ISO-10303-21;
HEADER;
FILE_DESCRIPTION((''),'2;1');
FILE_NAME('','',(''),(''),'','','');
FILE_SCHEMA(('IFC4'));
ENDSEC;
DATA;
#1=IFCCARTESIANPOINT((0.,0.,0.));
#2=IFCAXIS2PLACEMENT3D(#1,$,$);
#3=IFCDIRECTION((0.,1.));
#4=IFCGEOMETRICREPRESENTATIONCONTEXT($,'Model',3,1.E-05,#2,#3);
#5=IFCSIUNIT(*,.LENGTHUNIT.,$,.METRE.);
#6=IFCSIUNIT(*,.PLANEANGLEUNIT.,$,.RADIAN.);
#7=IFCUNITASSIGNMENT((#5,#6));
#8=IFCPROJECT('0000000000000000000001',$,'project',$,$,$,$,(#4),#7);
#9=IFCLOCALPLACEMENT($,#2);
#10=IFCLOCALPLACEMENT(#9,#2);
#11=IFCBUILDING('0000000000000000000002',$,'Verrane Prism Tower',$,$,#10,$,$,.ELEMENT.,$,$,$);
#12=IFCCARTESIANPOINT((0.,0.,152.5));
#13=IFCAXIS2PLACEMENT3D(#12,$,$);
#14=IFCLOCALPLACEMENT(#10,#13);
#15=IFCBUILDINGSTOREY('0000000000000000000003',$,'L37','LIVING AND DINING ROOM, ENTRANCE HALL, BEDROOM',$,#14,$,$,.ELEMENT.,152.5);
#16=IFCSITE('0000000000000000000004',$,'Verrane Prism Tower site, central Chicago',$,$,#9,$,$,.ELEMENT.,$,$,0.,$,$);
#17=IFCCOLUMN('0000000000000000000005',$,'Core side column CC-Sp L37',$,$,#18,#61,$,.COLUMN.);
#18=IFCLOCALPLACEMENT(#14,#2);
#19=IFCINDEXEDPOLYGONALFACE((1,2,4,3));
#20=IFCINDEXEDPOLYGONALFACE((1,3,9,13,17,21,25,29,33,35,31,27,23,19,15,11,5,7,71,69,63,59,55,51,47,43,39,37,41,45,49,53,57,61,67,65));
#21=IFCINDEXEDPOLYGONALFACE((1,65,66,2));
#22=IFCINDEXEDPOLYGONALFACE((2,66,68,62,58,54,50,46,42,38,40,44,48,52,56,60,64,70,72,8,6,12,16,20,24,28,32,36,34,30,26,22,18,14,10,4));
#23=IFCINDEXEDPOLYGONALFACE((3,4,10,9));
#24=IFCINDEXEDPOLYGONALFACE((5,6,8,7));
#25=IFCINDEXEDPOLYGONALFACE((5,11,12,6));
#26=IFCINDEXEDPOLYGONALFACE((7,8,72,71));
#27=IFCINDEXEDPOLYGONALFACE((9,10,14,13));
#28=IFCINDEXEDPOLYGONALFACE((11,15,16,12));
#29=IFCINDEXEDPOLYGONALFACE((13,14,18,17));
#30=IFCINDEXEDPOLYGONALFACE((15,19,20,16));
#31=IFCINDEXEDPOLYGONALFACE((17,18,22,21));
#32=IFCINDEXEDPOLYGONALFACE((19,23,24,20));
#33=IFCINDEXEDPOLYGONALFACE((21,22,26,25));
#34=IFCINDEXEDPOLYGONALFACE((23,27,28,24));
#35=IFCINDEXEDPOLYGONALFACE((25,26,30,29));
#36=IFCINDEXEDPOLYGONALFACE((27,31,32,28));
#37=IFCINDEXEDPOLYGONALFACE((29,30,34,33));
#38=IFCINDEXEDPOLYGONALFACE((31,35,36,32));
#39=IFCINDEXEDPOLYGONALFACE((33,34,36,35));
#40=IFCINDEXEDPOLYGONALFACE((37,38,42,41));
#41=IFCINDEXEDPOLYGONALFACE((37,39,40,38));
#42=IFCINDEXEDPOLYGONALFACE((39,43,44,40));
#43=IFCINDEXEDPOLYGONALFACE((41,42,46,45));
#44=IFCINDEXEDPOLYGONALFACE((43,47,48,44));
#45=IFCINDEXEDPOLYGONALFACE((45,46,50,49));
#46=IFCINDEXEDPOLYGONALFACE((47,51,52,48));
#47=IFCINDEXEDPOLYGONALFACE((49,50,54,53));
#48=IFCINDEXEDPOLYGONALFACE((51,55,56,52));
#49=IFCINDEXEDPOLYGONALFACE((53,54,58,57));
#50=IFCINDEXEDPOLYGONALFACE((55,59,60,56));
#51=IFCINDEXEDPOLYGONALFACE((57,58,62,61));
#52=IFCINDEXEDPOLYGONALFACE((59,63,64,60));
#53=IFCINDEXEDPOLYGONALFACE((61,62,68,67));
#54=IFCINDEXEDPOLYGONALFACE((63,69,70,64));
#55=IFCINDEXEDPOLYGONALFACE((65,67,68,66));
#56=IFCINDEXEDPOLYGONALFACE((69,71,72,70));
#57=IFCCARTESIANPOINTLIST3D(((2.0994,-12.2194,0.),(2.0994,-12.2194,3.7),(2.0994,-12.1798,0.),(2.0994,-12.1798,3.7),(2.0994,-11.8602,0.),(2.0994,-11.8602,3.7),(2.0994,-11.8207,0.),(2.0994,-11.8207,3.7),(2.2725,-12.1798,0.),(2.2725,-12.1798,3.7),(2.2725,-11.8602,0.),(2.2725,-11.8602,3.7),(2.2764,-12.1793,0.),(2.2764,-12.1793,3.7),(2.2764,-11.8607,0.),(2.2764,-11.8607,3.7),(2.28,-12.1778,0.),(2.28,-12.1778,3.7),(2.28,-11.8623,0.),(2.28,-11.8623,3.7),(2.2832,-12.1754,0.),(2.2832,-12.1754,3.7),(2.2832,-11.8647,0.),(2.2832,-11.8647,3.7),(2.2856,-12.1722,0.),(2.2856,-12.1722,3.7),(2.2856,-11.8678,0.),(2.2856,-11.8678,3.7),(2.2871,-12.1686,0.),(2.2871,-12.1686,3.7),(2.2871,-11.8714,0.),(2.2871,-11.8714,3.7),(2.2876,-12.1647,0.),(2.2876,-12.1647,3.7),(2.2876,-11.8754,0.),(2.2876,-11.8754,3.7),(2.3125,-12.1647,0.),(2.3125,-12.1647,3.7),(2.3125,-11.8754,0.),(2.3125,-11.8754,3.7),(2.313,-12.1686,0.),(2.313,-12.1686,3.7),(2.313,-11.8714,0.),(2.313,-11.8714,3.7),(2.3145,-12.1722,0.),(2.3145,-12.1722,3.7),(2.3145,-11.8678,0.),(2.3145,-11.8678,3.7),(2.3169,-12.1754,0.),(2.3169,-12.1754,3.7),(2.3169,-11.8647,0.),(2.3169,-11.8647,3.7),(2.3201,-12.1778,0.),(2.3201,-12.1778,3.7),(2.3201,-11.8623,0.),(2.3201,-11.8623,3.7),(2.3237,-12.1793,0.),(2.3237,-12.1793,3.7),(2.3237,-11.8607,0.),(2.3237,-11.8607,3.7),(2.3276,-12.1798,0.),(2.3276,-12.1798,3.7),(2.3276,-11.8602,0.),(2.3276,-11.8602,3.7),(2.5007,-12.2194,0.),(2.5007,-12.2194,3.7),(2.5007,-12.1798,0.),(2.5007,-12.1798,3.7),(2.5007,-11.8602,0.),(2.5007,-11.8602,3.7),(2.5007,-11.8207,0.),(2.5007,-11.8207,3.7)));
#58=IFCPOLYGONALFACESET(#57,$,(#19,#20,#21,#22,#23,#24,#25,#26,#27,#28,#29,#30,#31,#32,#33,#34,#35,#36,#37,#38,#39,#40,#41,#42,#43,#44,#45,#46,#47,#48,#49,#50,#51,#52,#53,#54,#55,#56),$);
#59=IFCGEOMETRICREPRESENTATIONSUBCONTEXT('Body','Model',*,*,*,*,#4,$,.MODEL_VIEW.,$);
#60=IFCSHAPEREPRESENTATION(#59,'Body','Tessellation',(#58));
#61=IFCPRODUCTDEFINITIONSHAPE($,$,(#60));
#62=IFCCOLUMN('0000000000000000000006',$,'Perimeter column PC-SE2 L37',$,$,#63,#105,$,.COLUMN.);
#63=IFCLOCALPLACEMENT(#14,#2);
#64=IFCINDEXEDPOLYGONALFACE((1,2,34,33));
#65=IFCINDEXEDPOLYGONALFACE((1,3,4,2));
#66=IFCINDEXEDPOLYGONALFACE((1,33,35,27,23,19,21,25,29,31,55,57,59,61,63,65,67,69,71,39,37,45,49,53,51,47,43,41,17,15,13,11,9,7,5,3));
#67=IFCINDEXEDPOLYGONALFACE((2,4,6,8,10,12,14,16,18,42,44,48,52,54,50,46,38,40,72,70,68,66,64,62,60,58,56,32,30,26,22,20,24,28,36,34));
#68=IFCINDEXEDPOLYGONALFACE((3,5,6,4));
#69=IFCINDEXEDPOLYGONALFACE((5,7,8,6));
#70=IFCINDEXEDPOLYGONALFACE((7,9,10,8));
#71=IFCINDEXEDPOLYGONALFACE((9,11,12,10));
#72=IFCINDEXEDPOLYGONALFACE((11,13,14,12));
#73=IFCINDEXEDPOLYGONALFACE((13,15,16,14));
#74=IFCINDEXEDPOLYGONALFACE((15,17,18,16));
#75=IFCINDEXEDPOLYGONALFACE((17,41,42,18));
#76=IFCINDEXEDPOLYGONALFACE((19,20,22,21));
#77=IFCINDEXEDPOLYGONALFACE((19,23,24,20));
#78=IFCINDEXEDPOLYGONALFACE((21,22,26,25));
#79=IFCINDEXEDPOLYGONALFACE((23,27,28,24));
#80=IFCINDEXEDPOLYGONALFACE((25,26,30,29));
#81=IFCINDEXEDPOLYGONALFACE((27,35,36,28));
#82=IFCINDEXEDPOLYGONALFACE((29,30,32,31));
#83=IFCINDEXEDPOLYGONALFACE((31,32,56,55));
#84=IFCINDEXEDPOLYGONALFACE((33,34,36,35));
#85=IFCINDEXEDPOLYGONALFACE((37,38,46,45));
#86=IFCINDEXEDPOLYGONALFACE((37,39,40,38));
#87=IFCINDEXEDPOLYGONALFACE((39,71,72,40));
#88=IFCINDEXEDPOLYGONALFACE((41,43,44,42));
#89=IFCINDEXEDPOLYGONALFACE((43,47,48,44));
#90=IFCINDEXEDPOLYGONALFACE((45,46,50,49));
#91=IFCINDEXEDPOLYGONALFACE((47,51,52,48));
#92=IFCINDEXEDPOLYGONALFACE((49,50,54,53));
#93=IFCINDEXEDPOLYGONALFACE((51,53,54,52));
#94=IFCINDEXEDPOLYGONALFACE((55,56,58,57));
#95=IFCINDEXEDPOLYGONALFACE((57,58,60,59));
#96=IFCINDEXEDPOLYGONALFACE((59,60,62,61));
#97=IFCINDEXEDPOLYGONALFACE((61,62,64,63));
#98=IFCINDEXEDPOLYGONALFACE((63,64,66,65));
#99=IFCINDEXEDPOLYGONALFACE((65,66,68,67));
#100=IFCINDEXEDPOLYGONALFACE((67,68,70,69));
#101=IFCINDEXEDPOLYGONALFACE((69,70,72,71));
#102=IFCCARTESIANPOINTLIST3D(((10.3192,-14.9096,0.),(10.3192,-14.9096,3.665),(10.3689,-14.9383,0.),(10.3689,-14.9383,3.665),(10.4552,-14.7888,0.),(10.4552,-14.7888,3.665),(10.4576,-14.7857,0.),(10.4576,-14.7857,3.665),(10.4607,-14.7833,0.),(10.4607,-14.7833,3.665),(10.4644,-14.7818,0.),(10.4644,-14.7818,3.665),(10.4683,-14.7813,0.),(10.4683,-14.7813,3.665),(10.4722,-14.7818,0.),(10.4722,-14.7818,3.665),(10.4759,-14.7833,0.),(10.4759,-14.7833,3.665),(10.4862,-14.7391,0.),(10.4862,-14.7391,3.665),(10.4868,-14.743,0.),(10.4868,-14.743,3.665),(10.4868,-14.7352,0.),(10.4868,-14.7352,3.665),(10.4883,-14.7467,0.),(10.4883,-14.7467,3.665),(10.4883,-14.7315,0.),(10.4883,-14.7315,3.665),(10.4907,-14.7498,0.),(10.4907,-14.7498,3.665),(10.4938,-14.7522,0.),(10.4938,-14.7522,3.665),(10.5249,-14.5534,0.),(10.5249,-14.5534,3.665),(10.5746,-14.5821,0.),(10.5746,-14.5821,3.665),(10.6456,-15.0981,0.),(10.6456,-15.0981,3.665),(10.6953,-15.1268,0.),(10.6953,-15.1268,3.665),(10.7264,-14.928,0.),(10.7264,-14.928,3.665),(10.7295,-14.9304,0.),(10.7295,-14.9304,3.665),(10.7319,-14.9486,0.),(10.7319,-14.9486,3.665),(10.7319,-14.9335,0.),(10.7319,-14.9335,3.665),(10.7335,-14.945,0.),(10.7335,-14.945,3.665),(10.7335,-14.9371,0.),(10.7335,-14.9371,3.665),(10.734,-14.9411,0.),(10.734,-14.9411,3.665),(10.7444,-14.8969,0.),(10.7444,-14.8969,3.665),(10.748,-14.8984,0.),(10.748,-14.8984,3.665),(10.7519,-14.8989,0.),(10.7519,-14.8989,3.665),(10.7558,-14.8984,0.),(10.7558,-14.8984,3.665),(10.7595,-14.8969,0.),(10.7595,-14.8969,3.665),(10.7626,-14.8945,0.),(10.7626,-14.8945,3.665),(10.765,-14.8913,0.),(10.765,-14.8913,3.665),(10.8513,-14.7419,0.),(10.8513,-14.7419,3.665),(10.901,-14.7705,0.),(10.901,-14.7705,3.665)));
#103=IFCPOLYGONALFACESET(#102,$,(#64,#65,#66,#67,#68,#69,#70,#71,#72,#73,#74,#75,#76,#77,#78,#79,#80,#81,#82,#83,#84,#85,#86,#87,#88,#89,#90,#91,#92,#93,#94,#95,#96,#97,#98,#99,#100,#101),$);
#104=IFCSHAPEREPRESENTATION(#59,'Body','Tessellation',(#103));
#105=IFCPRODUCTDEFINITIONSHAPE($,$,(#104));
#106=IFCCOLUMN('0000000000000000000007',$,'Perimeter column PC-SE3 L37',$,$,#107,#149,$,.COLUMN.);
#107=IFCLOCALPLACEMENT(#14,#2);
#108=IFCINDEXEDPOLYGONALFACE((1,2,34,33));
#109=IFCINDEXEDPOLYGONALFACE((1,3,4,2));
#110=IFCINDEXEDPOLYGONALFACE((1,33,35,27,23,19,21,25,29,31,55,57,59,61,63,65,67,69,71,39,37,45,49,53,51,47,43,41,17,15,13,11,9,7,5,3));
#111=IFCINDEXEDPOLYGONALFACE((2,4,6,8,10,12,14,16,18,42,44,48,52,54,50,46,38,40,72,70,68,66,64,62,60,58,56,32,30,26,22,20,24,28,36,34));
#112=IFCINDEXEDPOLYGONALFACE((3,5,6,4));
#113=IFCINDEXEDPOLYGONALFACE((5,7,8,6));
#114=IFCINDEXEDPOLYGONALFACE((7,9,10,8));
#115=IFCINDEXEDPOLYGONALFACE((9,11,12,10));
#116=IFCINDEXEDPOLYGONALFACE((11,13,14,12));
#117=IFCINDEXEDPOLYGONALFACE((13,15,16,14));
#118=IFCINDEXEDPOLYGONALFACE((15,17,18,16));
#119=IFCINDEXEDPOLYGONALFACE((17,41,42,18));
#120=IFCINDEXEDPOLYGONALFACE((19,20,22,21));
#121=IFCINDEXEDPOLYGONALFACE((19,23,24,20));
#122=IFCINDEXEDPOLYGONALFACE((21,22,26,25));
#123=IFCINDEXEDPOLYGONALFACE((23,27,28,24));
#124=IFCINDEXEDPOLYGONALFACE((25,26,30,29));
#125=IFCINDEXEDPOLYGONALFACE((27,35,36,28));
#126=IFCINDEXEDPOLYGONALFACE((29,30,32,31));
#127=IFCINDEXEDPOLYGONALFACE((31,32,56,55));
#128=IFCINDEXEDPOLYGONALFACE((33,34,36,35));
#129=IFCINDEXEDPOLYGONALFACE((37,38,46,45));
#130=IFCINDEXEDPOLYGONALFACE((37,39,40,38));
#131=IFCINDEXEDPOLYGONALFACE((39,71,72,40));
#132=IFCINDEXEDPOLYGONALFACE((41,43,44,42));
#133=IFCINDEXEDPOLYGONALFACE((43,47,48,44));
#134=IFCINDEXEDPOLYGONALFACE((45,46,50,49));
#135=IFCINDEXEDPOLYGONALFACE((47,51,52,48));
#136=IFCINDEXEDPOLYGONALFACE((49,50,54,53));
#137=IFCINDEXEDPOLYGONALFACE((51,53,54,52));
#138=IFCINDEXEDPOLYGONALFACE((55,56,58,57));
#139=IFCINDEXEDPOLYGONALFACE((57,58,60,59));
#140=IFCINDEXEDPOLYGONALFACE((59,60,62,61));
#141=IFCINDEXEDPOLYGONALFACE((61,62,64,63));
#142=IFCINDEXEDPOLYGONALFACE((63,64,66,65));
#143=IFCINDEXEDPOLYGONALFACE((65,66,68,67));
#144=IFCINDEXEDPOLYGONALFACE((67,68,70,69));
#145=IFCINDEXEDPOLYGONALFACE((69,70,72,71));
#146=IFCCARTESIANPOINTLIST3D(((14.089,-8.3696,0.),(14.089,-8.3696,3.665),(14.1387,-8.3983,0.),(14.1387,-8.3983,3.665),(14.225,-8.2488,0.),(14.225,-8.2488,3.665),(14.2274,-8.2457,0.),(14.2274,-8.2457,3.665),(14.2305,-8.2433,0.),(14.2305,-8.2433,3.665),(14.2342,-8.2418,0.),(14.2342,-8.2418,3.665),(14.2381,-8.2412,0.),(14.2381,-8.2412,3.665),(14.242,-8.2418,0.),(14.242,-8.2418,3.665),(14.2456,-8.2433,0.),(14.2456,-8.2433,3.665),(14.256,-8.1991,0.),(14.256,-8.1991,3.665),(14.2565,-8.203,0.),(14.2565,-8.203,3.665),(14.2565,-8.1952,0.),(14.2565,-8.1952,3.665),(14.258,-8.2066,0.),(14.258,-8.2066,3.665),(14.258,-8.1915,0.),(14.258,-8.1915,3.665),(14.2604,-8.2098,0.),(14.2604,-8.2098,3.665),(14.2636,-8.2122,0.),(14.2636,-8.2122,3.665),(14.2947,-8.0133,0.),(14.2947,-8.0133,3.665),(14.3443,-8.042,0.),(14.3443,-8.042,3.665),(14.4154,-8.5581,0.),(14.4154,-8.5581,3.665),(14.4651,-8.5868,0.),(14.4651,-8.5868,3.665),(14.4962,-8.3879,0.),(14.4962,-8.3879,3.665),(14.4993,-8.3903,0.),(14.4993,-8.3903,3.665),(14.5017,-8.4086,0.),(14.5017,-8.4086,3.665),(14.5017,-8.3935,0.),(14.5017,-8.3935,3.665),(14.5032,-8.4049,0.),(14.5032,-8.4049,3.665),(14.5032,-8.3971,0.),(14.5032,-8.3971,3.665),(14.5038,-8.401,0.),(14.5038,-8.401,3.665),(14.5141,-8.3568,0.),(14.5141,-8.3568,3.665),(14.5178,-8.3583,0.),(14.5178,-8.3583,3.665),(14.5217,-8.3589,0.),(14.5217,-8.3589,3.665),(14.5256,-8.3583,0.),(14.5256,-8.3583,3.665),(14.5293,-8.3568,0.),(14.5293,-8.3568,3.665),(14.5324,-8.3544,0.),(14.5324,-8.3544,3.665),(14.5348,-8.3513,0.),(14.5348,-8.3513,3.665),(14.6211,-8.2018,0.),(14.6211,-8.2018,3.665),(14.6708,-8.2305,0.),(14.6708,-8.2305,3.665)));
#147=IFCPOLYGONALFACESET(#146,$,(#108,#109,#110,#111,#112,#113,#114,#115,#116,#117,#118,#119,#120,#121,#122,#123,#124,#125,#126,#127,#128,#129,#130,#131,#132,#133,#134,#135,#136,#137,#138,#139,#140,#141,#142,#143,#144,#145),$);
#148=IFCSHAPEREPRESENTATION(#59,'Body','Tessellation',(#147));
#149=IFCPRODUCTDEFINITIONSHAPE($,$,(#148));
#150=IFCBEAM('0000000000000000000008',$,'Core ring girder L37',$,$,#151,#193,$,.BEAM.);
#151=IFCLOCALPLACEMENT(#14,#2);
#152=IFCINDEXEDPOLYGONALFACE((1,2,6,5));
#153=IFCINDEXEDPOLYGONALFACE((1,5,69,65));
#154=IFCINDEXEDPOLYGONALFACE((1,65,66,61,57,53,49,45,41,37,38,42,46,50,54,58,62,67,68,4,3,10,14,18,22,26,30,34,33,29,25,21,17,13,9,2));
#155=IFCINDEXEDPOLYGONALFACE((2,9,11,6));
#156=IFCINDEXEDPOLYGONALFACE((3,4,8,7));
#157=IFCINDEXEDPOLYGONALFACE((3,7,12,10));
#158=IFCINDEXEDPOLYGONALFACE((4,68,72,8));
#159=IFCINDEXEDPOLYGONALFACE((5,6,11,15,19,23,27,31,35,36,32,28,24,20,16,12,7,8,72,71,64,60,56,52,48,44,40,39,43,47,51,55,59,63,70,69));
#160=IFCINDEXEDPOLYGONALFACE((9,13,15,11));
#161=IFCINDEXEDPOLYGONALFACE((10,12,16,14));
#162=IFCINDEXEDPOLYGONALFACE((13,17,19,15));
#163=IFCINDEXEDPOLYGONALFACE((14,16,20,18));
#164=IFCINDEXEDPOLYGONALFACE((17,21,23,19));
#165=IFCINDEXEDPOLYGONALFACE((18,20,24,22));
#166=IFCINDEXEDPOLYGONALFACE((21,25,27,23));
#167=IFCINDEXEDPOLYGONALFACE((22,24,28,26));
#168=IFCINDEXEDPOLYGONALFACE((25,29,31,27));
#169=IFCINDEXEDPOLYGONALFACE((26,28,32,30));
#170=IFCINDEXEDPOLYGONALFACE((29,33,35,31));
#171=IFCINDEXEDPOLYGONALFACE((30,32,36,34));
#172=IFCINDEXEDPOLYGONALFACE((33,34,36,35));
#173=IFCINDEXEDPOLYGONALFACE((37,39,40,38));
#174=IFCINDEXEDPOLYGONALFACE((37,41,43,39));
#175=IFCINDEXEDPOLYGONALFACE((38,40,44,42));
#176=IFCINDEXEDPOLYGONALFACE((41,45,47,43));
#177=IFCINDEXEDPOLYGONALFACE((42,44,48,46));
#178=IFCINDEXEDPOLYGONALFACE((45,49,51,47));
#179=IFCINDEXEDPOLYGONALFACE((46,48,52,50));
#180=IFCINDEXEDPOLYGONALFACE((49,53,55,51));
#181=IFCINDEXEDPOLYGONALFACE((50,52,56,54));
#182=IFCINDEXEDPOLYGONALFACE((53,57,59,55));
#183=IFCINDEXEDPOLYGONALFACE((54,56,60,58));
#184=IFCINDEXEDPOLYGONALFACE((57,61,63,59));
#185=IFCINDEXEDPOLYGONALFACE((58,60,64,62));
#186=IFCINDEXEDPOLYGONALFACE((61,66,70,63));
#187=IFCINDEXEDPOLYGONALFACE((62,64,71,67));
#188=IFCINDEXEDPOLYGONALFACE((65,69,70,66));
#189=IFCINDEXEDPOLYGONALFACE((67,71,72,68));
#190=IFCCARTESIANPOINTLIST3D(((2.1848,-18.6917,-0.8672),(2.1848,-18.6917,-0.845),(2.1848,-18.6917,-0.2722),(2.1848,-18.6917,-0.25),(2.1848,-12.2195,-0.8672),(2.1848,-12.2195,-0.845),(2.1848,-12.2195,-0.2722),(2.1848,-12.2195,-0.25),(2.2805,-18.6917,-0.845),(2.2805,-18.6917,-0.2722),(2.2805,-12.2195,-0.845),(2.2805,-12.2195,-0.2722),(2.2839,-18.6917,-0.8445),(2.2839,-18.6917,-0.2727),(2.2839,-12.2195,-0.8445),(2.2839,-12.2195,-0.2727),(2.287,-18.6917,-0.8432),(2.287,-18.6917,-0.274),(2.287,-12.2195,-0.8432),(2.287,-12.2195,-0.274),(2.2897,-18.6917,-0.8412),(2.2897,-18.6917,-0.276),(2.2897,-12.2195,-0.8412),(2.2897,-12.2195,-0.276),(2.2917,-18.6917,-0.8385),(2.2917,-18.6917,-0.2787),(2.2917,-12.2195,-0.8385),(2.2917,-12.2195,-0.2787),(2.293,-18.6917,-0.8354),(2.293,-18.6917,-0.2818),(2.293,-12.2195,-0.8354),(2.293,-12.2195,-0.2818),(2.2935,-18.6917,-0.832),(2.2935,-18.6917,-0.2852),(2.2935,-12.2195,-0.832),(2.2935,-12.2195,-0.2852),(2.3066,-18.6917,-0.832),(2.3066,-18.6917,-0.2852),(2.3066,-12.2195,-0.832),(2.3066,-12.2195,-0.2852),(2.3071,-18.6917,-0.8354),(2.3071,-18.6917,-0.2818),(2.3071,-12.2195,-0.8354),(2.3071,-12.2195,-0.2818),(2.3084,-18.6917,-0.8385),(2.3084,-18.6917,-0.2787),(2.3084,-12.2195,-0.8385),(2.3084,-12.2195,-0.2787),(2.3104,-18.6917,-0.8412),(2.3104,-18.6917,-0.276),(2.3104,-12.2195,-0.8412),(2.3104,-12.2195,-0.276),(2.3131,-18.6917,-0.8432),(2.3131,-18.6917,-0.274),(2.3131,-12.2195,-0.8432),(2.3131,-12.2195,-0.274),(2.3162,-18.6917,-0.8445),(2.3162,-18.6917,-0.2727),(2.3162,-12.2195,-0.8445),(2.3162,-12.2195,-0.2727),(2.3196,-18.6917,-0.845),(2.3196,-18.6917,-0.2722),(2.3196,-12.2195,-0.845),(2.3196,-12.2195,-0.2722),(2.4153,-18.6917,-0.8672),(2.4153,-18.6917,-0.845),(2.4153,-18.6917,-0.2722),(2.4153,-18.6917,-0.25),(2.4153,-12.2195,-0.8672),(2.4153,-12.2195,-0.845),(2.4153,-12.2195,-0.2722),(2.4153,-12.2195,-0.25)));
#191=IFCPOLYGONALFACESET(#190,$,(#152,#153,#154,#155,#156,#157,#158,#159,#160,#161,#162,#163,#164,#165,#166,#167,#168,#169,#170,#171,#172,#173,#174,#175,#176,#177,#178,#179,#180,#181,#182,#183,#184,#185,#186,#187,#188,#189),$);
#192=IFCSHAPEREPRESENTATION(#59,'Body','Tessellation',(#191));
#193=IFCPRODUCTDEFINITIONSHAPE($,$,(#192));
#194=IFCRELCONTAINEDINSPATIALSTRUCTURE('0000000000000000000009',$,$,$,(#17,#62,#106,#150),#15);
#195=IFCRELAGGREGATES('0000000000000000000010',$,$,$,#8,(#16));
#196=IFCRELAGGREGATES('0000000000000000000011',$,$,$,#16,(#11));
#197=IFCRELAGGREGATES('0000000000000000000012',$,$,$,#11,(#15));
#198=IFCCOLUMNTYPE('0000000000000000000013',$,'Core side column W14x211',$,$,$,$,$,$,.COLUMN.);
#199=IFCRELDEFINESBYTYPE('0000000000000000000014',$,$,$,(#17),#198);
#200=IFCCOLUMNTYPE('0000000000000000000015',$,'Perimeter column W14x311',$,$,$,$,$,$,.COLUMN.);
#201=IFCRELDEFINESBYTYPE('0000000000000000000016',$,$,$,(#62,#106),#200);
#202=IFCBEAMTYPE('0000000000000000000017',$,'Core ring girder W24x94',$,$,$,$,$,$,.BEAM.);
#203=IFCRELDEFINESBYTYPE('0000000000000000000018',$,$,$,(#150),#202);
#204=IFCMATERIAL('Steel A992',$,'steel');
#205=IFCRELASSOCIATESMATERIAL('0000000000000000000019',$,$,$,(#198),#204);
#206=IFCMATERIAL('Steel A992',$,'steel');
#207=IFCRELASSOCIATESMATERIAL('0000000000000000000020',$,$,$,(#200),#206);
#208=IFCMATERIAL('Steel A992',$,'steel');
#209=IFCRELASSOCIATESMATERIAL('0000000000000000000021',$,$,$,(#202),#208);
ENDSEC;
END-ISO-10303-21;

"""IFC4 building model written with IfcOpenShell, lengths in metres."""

from ifc_helpers import new_model, si_unit, direction, frame, origin, origin_2d, place, context, subcontext, project, spatial, i_section, extrude, material, material_profile, profile_set, type_object, element, save


model = new_model("IFC4")

# Units and contexts
model_context = context("Model", 3, precision=1e-05, world=origin(), true_north=direction((0.0, 1.0)))
body_context = subcontext(model_context, "Body", "Model", "MODEL_VIEW")
ifc_project = project(units=[si_unit("LENGTHUNIT", "METRE"), si_unit("PLANEANGLEUNIT", "RADIAN")], contexts=[model_context])

# Site, building, storey
site_placement = place(None, origin())
site = spatial("IfcSite", under=ifc_project, at=site_placement, Name="Verrane Prism Tower site, central Chicago", CompositionType="ELEMENT", RefElevation=0.0)
building_placement = place(site_placement, origin())
building = spatial("IfcBuilding", under=site, at=building_placement, Name="Verrane Prism Tower", CompositionType="ELEMENT")
storey_placement = place(building_placement, frame((0.0, 0.0, 152.5)))
storey = spatial("IfcBuildingStorey", under=building, at=storey_placement, Name="L37", Description="LIVING AND DINING ROOM, ENTRANCE HALL, BEDROOM", CompositionType="ELEMENT", Elevation=152.5)

# Columns
ifc_material_1 = material(Name="Steel A992", Category="steel")
ifc_material_profile_1 = material_profile(ifc_material_1, i_section(OverallWidth=0.4014, OverallDepth=0.3987, WebThickness=0.0249, FlangeThickness=0.0396, FilletRadius=0.0151, at=origin_2d()), Name="W14x211")
ifc_profile_set_1 = profile_set([ifc_material_profile_1], Name="Steel A992")
column_type_1 = type_object("IfcColumnType", Name="Core side column W14x211", PredefinedType="COLUMN", material=ifc_profile_set_1)
column_placement = place(storey_placement, frame((2.3, -12.02, 0.0), z_axis=(0.0, 0.0, 1.0), x_axis=(1.0, 0.0, 0.0)))
element("IfcColumn", 1, at=column_placement, inside=storey, type_object=column_type_1, Name="Core side column CC-Sp L37", PredefinedType="COLUMN", context=body_context, shape_type="SweptSolid", body=[
    extrude(i_section(OverallWidth=0.4014, OverallDepth=0.3987, WebThickness=0.0249, FlangeThickness=0.0396, FilletRadius=0.0151, at=origin_2d()), origin(), (0.0, 0.0, 1.0), 3.7),
])
ifc_material_2 = material(Name="Steel A992", Category="steel")
ifc_material_profile_2 = material_profile(ifc_material_2, i_section(OverallWidth=0.4114, OverallDepth=0.4343, WebThickness=0.0359, FlangeThickness=0.0574, FilletRadius=0.0151, at=origin_2d()), Name="W14x311")
ifc_profile_set_2 = profile_set([ifc_material_profile_2], Name="Steel A992")
column_type_2 = type_object("IfcColumnType", Name="Perimeter column W14x311", PredefinedType="COLUMN", material=ifc_profile_set_2)
for number, where, z_axis, x_axis, name in (
    (2, (10.6101, -14.8401, 0.0), (0.0, 0.0, 1.0), (-0.5, -0.866025, 0.0), "Perimeter column PC-SE2 L37"),
    (3, (14.3799, -8.3, 0.0), (0.0, 0.0, 1.0), (-0.5, -0.866025, 0.0), "Perimeter column PC-SE3 L37"),
):
    element("IfcColumn", number, at=place(storey_placement, frame(where, z_axis=z_axis, x_axis=x_axis)), inside=storey, type_object=column_type_2, Name=name, PredefinedType="COLUMN", context=body_context, shape_type="SweptSolid", body=[
        extrude(i_section(OverallWidth=0.4114, OverallDepth=0.4343, WebThickness=0.0359, FlangeThickness=0.0574, FilletRadius=0.0151, at=origin_2d()), origin(), (0.0, 0.0, 1.0), 3.665),
    ])

# Beam
ifc_material_3 = material(Name="Steel A992", Category="steel")
ifc_material_profile_3 = material_profile(ifc_material_3, i_section(OverallWidth=0.2305, OverallDepth=0.6172, WebThickness=0.0132, FlangeThickness=0.0222, FilletRadius=0.0129, at=origin_2d()), Name="W24x94")
ifc_profile_set_3 = profile_set([ifc_material_profile_3], Name="Steel A992")
beam_type_1 = type_object("IfcBeamType", Name="Core ring girder W24x94", PredefinedType="BEAM", material=ifc_profile_set_3)
beam_1_placement = place(storey_placement, frame((2.3, -18.6917, -0.5586), z_axis=(0.0, 1.0, 0.0), x_axis=(-1.0, 0.0, 0.0)))
element("IfcBeam", 4, at=beam_1_placement, inside=storey, type_object=beam_type_1, Name="Core ring girder L37", PredefinedType="BEAM", context=body_context, shape_type="SweptSolid", body=[
    extrude(i_section(OverallWidth=0.2305, OverallDepth=0.6172, WebThickness=0.0132, FlangeThickness=0.0222, FilletRadius=0.0129, at=origin_2d()), origin(), (0.0, 0.0, 1.0), 6.4722),
])

save(model, "model.ifc")
